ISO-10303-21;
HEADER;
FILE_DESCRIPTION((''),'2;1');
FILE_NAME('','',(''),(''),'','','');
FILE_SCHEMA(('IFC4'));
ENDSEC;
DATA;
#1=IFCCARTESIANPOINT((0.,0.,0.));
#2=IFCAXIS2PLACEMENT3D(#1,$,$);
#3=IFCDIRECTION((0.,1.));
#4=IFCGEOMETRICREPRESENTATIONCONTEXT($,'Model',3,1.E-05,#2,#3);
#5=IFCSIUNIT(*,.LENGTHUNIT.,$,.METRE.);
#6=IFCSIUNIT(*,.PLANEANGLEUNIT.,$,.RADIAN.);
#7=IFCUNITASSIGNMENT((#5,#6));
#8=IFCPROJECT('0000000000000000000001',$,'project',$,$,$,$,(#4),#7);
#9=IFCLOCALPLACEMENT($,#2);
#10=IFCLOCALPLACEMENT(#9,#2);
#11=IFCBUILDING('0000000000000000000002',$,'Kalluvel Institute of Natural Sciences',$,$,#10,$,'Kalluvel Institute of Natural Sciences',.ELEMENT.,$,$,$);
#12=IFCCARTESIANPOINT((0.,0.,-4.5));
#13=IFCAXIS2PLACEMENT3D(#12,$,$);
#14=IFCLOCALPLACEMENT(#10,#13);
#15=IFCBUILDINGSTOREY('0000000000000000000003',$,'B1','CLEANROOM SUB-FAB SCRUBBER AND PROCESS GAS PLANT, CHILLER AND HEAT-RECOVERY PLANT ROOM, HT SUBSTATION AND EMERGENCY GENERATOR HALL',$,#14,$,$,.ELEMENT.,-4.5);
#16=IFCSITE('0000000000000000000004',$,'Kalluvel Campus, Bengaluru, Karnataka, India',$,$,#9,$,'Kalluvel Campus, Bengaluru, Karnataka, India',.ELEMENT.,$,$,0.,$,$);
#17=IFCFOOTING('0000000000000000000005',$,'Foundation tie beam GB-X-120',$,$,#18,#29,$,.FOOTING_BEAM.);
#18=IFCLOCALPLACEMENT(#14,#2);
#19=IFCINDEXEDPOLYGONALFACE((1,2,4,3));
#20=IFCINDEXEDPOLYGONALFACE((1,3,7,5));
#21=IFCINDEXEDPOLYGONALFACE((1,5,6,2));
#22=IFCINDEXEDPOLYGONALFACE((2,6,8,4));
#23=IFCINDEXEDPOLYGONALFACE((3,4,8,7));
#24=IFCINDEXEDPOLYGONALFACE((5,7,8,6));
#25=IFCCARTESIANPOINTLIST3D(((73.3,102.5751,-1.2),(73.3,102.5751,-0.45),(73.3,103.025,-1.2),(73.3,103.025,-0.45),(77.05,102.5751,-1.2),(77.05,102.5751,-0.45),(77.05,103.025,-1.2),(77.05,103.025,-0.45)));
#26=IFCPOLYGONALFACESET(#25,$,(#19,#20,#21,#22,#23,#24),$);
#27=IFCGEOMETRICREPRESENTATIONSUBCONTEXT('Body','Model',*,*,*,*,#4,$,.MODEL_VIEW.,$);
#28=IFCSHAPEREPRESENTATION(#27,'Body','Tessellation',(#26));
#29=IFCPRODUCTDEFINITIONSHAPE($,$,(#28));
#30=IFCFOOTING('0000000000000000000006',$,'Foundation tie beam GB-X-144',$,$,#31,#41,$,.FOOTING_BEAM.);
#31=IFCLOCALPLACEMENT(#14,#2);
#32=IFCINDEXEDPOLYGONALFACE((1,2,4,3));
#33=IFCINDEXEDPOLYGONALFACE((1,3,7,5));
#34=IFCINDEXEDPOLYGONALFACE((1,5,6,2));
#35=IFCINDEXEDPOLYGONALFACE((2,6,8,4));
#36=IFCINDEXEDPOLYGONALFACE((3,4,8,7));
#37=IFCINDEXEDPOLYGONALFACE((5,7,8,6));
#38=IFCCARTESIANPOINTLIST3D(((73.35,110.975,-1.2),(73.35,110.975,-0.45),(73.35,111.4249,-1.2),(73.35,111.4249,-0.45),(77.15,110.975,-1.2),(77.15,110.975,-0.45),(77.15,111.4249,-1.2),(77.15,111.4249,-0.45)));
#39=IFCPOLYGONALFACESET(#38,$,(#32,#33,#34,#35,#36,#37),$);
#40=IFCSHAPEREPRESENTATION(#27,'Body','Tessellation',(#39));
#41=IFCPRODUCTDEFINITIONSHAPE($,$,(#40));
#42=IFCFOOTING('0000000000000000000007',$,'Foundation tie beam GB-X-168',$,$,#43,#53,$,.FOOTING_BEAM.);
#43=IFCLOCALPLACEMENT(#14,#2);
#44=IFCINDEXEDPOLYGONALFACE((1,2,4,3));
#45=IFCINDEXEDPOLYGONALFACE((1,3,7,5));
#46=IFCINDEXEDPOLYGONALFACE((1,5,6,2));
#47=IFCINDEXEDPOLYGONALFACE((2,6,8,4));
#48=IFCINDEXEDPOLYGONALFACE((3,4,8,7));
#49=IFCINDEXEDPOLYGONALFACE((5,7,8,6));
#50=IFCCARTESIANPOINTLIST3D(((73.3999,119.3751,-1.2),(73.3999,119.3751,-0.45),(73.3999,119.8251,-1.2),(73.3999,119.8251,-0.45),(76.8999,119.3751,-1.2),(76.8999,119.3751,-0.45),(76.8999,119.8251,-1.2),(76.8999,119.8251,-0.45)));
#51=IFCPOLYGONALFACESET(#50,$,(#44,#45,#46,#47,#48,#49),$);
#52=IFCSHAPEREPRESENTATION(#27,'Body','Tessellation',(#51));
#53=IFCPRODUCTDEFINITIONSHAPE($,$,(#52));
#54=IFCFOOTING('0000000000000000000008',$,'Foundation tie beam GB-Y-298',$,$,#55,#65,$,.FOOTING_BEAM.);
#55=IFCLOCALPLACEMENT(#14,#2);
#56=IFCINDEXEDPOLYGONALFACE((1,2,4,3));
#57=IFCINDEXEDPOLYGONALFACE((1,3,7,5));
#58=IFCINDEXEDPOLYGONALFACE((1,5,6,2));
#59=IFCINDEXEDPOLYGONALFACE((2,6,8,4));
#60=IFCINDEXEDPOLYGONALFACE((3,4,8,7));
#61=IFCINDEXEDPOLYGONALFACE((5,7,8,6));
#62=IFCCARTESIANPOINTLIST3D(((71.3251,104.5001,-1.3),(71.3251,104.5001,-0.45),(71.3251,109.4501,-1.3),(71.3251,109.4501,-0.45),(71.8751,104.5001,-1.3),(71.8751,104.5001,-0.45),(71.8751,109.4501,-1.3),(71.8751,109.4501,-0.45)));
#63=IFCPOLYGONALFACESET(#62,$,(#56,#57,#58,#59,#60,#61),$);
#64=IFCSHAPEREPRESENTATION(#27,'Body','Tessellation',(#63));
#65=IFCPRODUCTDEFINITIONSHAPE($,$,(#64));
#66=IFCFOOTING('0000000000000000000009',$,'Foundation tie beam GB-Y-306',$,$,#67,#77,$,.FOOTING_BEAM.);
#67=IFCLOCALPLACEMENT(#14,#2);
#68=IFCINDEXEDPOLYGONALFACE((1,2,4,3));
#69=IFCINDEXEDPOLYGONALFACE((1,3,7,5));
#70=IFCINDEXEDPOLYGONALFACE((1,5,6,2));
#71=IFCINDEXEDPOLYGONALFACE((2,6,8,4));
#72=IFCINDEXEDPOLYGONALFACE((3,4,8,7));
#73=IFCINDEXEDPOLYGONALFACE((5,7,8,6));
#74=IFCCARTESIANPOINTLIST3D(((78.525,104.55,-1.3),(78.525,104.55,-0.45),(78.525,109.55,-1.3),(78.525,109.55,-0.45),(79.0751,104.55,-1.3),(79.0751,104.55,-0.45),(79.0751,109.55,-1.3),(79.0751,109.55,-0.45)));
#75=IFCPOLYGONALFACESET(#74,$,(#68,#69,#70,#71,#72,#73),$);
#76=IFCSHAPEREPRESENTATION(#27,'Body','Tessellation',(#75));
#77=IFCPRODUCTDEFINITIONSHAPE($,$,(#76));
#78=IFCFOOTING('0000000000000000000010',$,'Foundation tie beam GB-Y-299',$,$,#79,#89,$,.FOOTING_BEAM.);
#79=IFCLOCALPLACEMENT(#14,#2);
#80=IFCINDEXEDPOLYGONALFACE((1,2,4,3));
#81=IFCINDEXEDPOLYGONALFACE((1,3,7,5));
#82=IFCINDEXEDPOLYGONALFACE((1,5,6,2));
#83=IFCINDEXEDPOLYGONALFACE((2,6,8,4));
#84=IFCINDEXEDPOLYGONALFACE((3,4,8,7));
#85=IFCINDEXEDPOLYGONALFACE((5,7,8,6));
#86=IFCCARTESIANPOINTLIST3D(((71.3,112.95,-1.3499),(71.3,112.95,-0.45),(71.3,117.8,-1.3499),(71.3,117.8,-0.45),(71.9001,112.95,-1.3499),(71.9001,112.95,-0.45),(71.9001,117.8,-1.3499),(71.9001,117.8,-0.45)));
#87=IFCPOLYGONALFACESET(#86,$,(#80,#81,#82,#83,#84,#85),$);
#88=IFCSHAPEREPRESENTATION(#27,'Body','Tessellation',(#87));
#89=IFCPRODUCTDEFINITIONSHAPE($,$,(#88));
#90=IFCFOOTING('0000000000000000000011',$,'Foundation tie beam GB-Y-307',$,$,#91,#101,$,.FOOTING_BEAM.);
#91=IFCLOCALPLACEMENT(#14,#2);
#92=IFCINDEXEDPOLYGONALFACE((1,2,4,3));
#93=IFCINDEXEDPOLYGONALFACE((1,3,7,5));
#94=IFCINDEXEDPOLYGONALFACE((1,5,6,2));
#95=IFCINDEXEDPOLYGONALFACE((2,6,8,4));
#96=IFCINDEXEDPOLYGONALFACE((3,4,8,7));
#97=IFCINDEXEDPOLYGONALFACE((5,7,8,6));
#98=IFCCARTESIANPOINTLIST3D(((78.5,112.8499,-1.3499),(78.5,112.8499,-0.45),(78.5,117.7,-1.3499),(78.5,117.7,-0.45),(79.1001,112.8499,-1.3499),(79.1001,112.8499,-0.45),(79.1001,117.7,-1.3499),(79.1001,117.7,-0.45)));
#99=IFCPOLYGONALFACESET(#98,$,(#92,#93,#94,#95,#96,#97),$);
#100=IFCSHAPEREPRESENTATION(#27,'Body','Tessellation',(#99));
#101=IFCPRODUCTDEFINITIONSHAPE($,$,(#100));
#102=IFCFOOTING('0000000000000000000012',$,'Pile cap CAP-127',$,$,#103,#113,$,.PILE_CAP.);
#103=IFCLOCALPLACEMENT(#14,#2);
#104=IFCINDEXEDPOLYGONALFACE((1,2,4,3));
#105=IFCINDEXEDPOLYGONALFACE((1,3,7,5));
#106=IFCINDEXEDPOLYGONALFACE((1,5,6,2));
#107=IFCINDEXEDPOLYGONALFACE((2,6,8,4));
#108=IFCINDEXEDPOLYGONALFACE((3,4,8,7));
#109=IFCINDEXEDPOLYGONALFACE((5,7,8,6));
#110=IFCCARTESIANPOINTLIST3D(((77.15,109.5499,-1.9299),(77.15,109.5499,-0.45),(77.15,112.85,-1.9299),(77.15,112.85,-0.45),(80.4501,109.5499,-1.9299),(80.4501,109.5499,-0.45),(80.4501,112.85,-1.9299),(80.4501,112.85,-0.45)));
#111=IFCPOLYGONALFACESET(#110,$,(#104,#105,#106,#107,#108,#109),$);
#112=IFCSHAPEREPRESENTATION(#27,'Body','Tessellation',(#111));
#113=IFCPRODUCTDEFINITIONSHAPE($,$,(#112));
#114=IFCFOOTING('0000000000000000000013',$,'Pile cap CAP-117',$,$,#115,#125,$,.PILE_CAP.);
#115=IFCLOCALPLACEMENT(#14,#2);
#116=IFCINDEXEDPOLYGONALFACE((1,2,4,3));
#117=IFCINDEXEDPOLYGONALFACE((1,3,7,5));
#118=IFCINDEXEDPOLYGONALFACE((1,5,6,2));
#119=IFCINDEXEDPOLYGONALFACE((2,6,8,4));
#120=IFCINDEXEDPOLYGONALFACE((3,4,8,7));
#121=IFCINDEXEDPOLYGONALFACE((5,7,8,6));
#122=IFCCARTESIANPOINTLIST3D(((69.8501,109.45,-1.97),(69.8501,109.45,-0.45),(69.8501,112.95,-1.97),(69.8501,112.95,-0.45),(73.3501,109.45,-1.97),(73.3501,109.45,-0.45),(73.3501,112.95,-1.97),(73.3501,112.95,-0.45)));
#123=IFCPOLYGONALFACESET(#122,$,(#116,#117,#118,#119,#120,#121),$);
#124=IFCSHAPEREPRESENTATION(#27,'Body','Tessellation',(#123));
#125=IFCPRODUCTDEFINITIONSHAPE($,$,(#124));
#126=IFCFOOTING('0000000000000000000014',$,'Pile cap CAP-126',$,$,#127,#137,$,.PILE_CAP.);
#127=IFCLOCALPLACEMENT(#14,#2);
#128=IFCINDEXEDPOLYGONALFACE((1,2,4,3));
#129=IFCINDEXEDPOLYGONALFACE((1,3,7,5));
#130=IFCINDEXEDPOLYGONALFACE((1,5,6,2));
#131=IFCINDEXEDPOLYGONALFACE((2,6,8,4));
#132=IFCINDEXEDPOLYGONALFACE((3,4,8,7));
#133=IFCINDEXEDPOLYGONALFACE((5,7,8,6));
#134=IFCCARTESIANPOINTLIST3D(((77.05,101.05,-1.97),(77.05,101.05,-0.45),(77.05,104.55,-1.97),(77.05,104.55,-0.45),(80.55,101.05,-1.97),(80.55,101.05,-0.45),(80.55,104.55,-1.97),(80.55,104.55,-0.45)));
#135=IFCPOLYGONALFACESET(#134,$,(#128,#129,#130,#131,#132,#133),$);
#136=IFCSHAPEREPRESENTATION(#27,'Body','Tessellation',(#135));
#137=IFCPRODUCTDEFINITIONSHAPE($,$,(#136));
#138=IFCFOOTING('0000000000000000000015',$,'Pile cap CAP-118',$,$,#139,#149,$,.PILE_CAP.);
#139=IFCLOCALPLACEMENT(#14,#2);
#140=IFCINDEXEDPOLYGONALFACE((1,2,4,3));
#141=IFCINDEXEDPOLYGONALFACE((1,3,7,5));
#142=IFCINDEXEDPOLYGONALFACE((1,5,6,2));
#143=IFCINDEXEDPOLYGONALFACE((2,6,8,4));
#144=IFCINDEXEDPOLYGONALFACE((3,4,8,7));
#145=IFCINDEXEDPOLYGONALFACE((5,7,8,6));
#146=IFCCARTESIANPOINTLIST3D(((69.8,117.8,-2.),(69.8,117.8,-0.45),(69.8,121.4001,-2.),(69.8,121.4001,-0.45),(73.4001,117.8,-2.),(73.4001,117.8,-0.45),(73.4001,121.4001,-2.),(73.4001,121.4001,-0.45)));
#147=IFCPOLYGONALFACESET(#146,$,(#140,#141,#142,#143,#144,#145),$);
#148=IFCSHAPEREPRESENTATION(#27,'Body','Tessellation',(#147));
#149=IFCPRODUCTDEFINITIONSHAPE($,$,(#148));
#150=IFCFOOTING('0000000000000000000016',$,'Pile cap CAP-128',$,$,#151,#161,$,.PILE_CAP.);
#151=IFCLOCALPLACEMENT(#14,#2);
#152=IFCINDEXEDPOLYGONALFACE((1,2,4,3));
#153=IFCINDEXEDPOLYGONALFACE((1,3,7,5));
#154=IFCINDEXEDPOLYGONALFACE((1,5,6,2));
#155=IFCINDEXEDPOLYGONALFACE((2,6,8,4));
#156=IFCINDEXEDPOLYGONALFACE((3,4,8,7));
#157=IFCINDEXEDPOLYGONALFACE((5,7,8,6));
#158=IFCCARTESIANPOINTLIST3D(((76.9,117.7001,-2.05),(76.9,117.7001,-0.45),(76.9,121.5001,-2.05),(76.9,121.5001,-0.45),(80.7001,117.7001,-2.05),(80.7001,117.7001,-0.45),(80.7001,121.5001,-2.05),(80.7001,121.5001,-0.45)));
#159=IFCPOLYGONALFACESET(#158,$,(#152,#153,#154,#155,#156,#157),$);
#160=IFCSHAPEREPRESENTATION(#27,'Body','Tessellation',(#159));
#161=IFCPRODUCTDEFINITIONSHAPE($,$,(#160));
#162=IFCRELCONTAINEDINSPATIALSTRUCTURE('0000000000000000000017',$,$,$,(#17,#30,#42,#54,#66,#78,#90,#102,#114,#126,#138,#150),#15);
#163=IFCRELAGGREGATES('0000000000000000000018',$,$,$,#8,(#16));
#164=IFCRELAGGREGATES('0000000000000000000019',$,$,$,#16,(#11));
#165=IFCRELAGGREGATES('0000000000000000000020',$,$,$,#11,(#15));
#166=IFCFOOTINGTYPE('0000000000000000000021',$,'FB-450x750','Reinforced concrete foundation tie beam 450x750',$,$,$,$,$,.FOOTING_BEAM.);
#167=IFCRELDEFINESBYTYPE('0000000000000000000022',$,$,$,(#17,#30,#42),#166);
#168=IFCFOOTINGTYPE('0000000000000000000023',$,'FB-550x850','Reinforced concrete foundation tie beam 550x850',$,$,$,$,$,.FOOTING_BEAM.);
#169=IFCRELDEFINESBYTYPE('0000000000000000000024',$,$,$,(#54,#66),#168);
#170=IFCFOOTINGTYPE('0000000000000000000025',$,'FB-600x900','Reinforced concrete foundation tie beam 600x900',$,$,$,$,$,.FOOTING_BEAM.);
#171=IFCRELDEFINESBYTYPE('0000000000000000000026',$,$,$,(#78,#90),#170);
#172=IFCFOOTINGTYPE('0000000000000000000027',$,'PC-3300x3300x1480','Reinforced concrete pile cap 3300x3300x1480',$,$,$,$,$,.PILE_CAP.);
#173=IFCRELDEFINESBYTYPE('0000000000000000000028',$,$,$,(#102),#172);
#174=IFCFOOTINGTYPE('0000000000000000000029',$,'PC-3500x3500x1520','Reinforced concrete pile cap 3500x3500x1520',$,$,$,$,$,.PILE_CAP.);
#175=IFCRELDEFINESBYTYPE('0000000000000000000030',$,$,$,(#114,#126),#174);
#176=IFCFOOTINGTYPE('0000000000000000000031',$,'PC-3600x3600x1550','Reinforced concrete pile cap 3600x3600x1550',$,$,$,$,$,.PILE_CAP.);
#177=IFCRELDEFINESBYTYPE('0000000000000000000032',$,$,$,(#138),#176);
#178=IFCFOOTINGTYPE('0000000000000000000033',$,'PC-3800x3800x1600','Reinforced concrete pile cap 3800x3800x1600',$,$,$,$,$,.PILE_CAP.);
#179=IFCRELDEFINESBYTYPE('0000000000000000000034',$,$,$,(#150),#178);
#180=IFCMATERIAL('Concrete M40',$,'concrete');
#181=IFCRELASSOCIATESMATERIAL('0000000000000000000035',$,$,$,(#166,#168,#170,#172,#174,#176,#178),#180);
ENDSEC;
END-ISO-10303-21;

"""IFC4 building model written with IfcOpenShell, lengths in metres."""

from ifc_helpers import new_model, si_unit, direction, frame, origin, origin_2d, place, context, subcontext, project, spatial, rectangle, extrude, material, type_object, element, save


model = new_model("IFC4")

# Units and contexts
model_context = context("Model", 3, precision=1e-05, world=origin(), true_north=direction((0.0, 1.0)))
body_context = subcontext(model_context, "Body", "Model", "MODEL_VIEW")
ifc_project = project(units=[si_unit("LENGTHUNIT", "METRE"), si_unit("PLANEANGLEUNIT", "RADIAN")], contexts=[model_context])

# Site, building, storey
site_placement = place(None, origin())
site = spatial("IfcSite", under=ifc_project, at=site_placement, Name="Kalluvel Campus, Bengaluru, Karnataka, India", LongName="Kalluvel Campus, Bengaluru, Karnataka, India", CompositionType="ELEMENT", RefElevation=0.0)
building_placement = place(site_placement, origin())
building = spatial("IfcBuilding", under=site, at=building_placement, Name="Kalluvel Institute of Natural Sciences", LongName="Kalluvel Institute of Natural Sciences", CompositionType="ELEMENT")
storey_placement = place(building_placement, frame((0.0, 0.0, -4.5)))
storey = spatial("IfcBuildingStorey", under=building, at=storey_placement, Name="B1", Description="CLEANROOM SUB-FAB SCRUBBER AND PROCESS GAS PLANT, CHILLER AND HEAT-RECOVERY PLANT ROOM, HT SUBSTATION AND EMERGENCY GENERATOR HALL", CompositionType="ELEMENT", Elevation=-4.5)

# Footings
ifc_material_1 = material(Name="Concrete M40", Category="concrete")
footing_type_1 = type_object("IfcFootingType", Name="FB-450x750", Description="Reinforced concrete foundation tie beam 450x750", PredefinedType="FOOTING_BEAM", material=ifc_material_1)
footing_1_placement = place(storey_placement, frame((75.175, 102.8, -1.2), z_axis=(0.0, 0.0, 1.0), x_axis=(1.0, 0.0, 0.0)))
element("IfcFooting", 1, at=footing_1_placement, inside=storey, type_object=footing_type_1, Name="Foundation tie beam GB-X-120", PredefinedType="FOOTING_BEAM", context=body_context, shape_type="SweptSolid", body=[
    extrude(rectangle(XDim=3.75, YDim=0.45, at=origin_2d()), origin(), (0.0, 0.0, 1.0), 0.75),
])
footing_2_placement = place(storey_placement, frame((75.25, 111.2, -1.2), z_axis=(0.0, 0.0, 1.0), x_axis=(1.0, 0.0, 0.0)))
element("IfcFooting", 2, at=footing_2_placement, inside=storey, type_object=footing_type_1, Name="Foundation tie beam GB-X-144", PredefinedType="FOOTING_BEAM", context=body_context, shape_type="SweptSolid", body=[
    extrude(rectangle(XDim=3.8, YDim=0.45, at=origin_2d()), origin(), (0.0, 0.0, 1.0), 0.75),
])
footing_3_placement = place(storey_placement, frame((75.1499, 119.6001, -1.2), z_axis=(0.0, 0.0, 1.0), x_axis=(1.0, 0.0, 0.0)))
element("IfcFooting", 3, at=footing_3_placement, inside=storey, type_object=footing_type_1, Name="Foundation tie beam GB-X-168", PredefinedType="FOOTING_BEAM", context=body_context, shape_type="SweptSolid", body=[
    extrude(rectangle(XDim=3.5, YDim=0.45, at=origin_2d()), origin(), (0.0, 0.0, 1.0), 0.75),
])
footing_type_2 = type_object("IfcFootingType", Name="FB-550x850", Description="Reinforced concrete foundation tie beam 550x850", PredefinedType="FOOTING_BEAM", material=ifc_material_1)
footing_4_placement = place(storey_placement, frame((71.6001, 106.9751, -1.3), z_axis=(0.0, 0.0, 1.0), x_axis=(1.0, 0.0, 0.0)))
element("IfcFooting", 4, at=footing_4_placement, inside=storey, type_object=footing_type_2, Name="Foundation tie beam GB-Y-298", PredefinedType="FOOTING_BEAM", context=body_context, shape_type="SweptSolid", body=[
    extrude(rectangle(XDim=0.55, YDim=4.95, at=origin_2d()), origin(), (0.0, 0.0, 1.0), 0.8501),
])
footing_5_placement = place(storey_placement, frame((78.8, 107.05, -1.3), z_axis=(0.0, 0.0, 1.0), x_axis=(1.0, 0.0, 0.0)))
element("IfcFooting", 5, at=footing_5_placement, inside=storey, type_object=footing_type_2, Name="Foundation tie beam GB-Y-306", PredefinedType="FOOTING_BEAM", context=body_context, shape_type="SweptSolid", body=[
    extrude(rectangle(XDim=0.55, YDim=5.0, at=origin_2d()), origin(), (0.0, 0.0, 1.0), 0.8501),
])
footing_type_3 = type_object("IfcFootingType", Name="FB-600x900", Description="Reinforced concrete foundation tie beam 600x900", PredefinedType="FOOTING_BEAM", material=ifc_material_1)
for number, where, z_axis, x_axis, name in (
    (6, (71.6001, 115.375, -1.3499), (0.0, 0.0, 1.0), (1.0, 0.0, 0.0), "Foundation tie beam GB-Y-299"),
    (7, (78.8, 115.2749, -1.3499), (0.0, 0.0, 1.0), (1.0, 0.0, 0.0), "Foundation tie beam GB-Y-307"),
):
    element("IfcFooting", number, at=place(storey_placement, frame(where, z_axis=z_axis, x_axis=x_axis)), inside=storey, type_object=footing_type_3, Name=name, PredefinedType="FOOTING_BEAM", context=body_context, shape_type="SweptSolid", body=[
        extrude(rectangle(XDim=0.6001, YDim=4.8501, at=origin_2d()), origin(), (0.0, 0.0, 1.0), 0.8999),
    ])
footing_type_4 = type_object("IfcFootingType", Name="PC-3300x3300x1480", Description="Reinforced concrete pile cap 3300x3300x1480", PredefinedType="PILE_CAP", material=ifc_material_1)
footing_6_placement = place(storey_placement, frame((78.8, 111.2, -1.9299), z_axis=(0.0, 0.0, 1.0), x_axis=(1.0, 0.0, 0.0)))
element("IfcFooting", 8, at=footing_6_placement, inside=storey, type_object=footing_type_4, Name="Pile cap CAP-127", PredefinedType="PILE_CAP", context=body_context, shape_type="SweptSolid", body=[
    extrude(rectangle(XDim=3.3, YDim=3.3, at=origin_2d()), origin(), (0.0, 0.0, 1.0), 1.48),
])
footing_type_5 = type_object("IfcFootingType", Name="PC-3500x3500x1520", Description="Reinforced concrete pile cap 3500x3500x1520", PredefinedType="PILE_CAP", material=ifc_material_1)
for number, where, z_axis, x_axis, name in (
    (9, (71.6001, 111.2, -1.97), (0.0, 0.0, 1.0), (1.0, 0.0, 0.0), "Pile cap CAP-117"),
    (10, (78.8, 102.8, -1.97), (0.0, 0.0, 1.0), (1.0, 0.0, 0.0), "Pile cap CAP-126"),
):
    element("IfcFooting", number, at=place(storey_placement, frame(where, z_axis=z_axis, x_axis=x_axis)), inside=storey, type_object=footing_type_5, Name=name, PredefinedType="PILE_CAP", context=body_context, shape_type="SweptSolid", body=[
        extrude(rectangle(XDim=3.5, YDim=3.5, at=origin_2d()), origin(), (0.0, 0.0, 1.0), 1.52),
    ])
footing_type_6 = type_object("IfcFootingType", Name="PC-3600x3600x1550", Description="Reinforced concrete pile cap 3600x3600x1550", PredefinedType="PILE_CAP", material=ifc_material_1)
footing_7_placement = place(storey_placement, frame((71.6001, 119.6001, -2.0), z_axis=(0.0, 0.0, 1.0), x_axis=(1.0, 0.0, 0.0)))
element("IfcFooting", 11, at=footing_7_placement, inside=storey, type_object=footing_type_6, Name="Pile cap CAP-118", PredefinedType="PILE_CAP", context=body_context, shape_type="SweptSolid", body=[
    extrude(rectangle(XDim=3.6001, YDim=3.6001, at=origin_2d()), origin(), (0.0, 0.0, 1.0), 1.55),
])
footing_type_7 = type_object("IfcFootingType", Name="PC-3800x3800x1600", Description="Reinforced concrete pile cap 3800x3800x1600", PredefinedType="PILE_CAP", material=ifc_material_1)
footing_8_placement = place(storey_placement, frame((78.8, 119.6001, -2.05), z_axis=(0.0, 0.0, 1.0), x_axis=(1.0, 0.0, 0.0)))
element("IfcFooting", 12, at=footing_8_placement, inside=storey, type_object=footing_type_7, Name="Pile cap CAP-128", PredefinedType="PILE_CAP", context=body_context, shape_type="SweptSolid", body=[
    extrude(rectangle(XDim=3.8, YDim=3.8, at=origin_2d()), origin(), (0.0, 0.0, 1.0), 1.6001),
])

save(model, "model.ifc")
